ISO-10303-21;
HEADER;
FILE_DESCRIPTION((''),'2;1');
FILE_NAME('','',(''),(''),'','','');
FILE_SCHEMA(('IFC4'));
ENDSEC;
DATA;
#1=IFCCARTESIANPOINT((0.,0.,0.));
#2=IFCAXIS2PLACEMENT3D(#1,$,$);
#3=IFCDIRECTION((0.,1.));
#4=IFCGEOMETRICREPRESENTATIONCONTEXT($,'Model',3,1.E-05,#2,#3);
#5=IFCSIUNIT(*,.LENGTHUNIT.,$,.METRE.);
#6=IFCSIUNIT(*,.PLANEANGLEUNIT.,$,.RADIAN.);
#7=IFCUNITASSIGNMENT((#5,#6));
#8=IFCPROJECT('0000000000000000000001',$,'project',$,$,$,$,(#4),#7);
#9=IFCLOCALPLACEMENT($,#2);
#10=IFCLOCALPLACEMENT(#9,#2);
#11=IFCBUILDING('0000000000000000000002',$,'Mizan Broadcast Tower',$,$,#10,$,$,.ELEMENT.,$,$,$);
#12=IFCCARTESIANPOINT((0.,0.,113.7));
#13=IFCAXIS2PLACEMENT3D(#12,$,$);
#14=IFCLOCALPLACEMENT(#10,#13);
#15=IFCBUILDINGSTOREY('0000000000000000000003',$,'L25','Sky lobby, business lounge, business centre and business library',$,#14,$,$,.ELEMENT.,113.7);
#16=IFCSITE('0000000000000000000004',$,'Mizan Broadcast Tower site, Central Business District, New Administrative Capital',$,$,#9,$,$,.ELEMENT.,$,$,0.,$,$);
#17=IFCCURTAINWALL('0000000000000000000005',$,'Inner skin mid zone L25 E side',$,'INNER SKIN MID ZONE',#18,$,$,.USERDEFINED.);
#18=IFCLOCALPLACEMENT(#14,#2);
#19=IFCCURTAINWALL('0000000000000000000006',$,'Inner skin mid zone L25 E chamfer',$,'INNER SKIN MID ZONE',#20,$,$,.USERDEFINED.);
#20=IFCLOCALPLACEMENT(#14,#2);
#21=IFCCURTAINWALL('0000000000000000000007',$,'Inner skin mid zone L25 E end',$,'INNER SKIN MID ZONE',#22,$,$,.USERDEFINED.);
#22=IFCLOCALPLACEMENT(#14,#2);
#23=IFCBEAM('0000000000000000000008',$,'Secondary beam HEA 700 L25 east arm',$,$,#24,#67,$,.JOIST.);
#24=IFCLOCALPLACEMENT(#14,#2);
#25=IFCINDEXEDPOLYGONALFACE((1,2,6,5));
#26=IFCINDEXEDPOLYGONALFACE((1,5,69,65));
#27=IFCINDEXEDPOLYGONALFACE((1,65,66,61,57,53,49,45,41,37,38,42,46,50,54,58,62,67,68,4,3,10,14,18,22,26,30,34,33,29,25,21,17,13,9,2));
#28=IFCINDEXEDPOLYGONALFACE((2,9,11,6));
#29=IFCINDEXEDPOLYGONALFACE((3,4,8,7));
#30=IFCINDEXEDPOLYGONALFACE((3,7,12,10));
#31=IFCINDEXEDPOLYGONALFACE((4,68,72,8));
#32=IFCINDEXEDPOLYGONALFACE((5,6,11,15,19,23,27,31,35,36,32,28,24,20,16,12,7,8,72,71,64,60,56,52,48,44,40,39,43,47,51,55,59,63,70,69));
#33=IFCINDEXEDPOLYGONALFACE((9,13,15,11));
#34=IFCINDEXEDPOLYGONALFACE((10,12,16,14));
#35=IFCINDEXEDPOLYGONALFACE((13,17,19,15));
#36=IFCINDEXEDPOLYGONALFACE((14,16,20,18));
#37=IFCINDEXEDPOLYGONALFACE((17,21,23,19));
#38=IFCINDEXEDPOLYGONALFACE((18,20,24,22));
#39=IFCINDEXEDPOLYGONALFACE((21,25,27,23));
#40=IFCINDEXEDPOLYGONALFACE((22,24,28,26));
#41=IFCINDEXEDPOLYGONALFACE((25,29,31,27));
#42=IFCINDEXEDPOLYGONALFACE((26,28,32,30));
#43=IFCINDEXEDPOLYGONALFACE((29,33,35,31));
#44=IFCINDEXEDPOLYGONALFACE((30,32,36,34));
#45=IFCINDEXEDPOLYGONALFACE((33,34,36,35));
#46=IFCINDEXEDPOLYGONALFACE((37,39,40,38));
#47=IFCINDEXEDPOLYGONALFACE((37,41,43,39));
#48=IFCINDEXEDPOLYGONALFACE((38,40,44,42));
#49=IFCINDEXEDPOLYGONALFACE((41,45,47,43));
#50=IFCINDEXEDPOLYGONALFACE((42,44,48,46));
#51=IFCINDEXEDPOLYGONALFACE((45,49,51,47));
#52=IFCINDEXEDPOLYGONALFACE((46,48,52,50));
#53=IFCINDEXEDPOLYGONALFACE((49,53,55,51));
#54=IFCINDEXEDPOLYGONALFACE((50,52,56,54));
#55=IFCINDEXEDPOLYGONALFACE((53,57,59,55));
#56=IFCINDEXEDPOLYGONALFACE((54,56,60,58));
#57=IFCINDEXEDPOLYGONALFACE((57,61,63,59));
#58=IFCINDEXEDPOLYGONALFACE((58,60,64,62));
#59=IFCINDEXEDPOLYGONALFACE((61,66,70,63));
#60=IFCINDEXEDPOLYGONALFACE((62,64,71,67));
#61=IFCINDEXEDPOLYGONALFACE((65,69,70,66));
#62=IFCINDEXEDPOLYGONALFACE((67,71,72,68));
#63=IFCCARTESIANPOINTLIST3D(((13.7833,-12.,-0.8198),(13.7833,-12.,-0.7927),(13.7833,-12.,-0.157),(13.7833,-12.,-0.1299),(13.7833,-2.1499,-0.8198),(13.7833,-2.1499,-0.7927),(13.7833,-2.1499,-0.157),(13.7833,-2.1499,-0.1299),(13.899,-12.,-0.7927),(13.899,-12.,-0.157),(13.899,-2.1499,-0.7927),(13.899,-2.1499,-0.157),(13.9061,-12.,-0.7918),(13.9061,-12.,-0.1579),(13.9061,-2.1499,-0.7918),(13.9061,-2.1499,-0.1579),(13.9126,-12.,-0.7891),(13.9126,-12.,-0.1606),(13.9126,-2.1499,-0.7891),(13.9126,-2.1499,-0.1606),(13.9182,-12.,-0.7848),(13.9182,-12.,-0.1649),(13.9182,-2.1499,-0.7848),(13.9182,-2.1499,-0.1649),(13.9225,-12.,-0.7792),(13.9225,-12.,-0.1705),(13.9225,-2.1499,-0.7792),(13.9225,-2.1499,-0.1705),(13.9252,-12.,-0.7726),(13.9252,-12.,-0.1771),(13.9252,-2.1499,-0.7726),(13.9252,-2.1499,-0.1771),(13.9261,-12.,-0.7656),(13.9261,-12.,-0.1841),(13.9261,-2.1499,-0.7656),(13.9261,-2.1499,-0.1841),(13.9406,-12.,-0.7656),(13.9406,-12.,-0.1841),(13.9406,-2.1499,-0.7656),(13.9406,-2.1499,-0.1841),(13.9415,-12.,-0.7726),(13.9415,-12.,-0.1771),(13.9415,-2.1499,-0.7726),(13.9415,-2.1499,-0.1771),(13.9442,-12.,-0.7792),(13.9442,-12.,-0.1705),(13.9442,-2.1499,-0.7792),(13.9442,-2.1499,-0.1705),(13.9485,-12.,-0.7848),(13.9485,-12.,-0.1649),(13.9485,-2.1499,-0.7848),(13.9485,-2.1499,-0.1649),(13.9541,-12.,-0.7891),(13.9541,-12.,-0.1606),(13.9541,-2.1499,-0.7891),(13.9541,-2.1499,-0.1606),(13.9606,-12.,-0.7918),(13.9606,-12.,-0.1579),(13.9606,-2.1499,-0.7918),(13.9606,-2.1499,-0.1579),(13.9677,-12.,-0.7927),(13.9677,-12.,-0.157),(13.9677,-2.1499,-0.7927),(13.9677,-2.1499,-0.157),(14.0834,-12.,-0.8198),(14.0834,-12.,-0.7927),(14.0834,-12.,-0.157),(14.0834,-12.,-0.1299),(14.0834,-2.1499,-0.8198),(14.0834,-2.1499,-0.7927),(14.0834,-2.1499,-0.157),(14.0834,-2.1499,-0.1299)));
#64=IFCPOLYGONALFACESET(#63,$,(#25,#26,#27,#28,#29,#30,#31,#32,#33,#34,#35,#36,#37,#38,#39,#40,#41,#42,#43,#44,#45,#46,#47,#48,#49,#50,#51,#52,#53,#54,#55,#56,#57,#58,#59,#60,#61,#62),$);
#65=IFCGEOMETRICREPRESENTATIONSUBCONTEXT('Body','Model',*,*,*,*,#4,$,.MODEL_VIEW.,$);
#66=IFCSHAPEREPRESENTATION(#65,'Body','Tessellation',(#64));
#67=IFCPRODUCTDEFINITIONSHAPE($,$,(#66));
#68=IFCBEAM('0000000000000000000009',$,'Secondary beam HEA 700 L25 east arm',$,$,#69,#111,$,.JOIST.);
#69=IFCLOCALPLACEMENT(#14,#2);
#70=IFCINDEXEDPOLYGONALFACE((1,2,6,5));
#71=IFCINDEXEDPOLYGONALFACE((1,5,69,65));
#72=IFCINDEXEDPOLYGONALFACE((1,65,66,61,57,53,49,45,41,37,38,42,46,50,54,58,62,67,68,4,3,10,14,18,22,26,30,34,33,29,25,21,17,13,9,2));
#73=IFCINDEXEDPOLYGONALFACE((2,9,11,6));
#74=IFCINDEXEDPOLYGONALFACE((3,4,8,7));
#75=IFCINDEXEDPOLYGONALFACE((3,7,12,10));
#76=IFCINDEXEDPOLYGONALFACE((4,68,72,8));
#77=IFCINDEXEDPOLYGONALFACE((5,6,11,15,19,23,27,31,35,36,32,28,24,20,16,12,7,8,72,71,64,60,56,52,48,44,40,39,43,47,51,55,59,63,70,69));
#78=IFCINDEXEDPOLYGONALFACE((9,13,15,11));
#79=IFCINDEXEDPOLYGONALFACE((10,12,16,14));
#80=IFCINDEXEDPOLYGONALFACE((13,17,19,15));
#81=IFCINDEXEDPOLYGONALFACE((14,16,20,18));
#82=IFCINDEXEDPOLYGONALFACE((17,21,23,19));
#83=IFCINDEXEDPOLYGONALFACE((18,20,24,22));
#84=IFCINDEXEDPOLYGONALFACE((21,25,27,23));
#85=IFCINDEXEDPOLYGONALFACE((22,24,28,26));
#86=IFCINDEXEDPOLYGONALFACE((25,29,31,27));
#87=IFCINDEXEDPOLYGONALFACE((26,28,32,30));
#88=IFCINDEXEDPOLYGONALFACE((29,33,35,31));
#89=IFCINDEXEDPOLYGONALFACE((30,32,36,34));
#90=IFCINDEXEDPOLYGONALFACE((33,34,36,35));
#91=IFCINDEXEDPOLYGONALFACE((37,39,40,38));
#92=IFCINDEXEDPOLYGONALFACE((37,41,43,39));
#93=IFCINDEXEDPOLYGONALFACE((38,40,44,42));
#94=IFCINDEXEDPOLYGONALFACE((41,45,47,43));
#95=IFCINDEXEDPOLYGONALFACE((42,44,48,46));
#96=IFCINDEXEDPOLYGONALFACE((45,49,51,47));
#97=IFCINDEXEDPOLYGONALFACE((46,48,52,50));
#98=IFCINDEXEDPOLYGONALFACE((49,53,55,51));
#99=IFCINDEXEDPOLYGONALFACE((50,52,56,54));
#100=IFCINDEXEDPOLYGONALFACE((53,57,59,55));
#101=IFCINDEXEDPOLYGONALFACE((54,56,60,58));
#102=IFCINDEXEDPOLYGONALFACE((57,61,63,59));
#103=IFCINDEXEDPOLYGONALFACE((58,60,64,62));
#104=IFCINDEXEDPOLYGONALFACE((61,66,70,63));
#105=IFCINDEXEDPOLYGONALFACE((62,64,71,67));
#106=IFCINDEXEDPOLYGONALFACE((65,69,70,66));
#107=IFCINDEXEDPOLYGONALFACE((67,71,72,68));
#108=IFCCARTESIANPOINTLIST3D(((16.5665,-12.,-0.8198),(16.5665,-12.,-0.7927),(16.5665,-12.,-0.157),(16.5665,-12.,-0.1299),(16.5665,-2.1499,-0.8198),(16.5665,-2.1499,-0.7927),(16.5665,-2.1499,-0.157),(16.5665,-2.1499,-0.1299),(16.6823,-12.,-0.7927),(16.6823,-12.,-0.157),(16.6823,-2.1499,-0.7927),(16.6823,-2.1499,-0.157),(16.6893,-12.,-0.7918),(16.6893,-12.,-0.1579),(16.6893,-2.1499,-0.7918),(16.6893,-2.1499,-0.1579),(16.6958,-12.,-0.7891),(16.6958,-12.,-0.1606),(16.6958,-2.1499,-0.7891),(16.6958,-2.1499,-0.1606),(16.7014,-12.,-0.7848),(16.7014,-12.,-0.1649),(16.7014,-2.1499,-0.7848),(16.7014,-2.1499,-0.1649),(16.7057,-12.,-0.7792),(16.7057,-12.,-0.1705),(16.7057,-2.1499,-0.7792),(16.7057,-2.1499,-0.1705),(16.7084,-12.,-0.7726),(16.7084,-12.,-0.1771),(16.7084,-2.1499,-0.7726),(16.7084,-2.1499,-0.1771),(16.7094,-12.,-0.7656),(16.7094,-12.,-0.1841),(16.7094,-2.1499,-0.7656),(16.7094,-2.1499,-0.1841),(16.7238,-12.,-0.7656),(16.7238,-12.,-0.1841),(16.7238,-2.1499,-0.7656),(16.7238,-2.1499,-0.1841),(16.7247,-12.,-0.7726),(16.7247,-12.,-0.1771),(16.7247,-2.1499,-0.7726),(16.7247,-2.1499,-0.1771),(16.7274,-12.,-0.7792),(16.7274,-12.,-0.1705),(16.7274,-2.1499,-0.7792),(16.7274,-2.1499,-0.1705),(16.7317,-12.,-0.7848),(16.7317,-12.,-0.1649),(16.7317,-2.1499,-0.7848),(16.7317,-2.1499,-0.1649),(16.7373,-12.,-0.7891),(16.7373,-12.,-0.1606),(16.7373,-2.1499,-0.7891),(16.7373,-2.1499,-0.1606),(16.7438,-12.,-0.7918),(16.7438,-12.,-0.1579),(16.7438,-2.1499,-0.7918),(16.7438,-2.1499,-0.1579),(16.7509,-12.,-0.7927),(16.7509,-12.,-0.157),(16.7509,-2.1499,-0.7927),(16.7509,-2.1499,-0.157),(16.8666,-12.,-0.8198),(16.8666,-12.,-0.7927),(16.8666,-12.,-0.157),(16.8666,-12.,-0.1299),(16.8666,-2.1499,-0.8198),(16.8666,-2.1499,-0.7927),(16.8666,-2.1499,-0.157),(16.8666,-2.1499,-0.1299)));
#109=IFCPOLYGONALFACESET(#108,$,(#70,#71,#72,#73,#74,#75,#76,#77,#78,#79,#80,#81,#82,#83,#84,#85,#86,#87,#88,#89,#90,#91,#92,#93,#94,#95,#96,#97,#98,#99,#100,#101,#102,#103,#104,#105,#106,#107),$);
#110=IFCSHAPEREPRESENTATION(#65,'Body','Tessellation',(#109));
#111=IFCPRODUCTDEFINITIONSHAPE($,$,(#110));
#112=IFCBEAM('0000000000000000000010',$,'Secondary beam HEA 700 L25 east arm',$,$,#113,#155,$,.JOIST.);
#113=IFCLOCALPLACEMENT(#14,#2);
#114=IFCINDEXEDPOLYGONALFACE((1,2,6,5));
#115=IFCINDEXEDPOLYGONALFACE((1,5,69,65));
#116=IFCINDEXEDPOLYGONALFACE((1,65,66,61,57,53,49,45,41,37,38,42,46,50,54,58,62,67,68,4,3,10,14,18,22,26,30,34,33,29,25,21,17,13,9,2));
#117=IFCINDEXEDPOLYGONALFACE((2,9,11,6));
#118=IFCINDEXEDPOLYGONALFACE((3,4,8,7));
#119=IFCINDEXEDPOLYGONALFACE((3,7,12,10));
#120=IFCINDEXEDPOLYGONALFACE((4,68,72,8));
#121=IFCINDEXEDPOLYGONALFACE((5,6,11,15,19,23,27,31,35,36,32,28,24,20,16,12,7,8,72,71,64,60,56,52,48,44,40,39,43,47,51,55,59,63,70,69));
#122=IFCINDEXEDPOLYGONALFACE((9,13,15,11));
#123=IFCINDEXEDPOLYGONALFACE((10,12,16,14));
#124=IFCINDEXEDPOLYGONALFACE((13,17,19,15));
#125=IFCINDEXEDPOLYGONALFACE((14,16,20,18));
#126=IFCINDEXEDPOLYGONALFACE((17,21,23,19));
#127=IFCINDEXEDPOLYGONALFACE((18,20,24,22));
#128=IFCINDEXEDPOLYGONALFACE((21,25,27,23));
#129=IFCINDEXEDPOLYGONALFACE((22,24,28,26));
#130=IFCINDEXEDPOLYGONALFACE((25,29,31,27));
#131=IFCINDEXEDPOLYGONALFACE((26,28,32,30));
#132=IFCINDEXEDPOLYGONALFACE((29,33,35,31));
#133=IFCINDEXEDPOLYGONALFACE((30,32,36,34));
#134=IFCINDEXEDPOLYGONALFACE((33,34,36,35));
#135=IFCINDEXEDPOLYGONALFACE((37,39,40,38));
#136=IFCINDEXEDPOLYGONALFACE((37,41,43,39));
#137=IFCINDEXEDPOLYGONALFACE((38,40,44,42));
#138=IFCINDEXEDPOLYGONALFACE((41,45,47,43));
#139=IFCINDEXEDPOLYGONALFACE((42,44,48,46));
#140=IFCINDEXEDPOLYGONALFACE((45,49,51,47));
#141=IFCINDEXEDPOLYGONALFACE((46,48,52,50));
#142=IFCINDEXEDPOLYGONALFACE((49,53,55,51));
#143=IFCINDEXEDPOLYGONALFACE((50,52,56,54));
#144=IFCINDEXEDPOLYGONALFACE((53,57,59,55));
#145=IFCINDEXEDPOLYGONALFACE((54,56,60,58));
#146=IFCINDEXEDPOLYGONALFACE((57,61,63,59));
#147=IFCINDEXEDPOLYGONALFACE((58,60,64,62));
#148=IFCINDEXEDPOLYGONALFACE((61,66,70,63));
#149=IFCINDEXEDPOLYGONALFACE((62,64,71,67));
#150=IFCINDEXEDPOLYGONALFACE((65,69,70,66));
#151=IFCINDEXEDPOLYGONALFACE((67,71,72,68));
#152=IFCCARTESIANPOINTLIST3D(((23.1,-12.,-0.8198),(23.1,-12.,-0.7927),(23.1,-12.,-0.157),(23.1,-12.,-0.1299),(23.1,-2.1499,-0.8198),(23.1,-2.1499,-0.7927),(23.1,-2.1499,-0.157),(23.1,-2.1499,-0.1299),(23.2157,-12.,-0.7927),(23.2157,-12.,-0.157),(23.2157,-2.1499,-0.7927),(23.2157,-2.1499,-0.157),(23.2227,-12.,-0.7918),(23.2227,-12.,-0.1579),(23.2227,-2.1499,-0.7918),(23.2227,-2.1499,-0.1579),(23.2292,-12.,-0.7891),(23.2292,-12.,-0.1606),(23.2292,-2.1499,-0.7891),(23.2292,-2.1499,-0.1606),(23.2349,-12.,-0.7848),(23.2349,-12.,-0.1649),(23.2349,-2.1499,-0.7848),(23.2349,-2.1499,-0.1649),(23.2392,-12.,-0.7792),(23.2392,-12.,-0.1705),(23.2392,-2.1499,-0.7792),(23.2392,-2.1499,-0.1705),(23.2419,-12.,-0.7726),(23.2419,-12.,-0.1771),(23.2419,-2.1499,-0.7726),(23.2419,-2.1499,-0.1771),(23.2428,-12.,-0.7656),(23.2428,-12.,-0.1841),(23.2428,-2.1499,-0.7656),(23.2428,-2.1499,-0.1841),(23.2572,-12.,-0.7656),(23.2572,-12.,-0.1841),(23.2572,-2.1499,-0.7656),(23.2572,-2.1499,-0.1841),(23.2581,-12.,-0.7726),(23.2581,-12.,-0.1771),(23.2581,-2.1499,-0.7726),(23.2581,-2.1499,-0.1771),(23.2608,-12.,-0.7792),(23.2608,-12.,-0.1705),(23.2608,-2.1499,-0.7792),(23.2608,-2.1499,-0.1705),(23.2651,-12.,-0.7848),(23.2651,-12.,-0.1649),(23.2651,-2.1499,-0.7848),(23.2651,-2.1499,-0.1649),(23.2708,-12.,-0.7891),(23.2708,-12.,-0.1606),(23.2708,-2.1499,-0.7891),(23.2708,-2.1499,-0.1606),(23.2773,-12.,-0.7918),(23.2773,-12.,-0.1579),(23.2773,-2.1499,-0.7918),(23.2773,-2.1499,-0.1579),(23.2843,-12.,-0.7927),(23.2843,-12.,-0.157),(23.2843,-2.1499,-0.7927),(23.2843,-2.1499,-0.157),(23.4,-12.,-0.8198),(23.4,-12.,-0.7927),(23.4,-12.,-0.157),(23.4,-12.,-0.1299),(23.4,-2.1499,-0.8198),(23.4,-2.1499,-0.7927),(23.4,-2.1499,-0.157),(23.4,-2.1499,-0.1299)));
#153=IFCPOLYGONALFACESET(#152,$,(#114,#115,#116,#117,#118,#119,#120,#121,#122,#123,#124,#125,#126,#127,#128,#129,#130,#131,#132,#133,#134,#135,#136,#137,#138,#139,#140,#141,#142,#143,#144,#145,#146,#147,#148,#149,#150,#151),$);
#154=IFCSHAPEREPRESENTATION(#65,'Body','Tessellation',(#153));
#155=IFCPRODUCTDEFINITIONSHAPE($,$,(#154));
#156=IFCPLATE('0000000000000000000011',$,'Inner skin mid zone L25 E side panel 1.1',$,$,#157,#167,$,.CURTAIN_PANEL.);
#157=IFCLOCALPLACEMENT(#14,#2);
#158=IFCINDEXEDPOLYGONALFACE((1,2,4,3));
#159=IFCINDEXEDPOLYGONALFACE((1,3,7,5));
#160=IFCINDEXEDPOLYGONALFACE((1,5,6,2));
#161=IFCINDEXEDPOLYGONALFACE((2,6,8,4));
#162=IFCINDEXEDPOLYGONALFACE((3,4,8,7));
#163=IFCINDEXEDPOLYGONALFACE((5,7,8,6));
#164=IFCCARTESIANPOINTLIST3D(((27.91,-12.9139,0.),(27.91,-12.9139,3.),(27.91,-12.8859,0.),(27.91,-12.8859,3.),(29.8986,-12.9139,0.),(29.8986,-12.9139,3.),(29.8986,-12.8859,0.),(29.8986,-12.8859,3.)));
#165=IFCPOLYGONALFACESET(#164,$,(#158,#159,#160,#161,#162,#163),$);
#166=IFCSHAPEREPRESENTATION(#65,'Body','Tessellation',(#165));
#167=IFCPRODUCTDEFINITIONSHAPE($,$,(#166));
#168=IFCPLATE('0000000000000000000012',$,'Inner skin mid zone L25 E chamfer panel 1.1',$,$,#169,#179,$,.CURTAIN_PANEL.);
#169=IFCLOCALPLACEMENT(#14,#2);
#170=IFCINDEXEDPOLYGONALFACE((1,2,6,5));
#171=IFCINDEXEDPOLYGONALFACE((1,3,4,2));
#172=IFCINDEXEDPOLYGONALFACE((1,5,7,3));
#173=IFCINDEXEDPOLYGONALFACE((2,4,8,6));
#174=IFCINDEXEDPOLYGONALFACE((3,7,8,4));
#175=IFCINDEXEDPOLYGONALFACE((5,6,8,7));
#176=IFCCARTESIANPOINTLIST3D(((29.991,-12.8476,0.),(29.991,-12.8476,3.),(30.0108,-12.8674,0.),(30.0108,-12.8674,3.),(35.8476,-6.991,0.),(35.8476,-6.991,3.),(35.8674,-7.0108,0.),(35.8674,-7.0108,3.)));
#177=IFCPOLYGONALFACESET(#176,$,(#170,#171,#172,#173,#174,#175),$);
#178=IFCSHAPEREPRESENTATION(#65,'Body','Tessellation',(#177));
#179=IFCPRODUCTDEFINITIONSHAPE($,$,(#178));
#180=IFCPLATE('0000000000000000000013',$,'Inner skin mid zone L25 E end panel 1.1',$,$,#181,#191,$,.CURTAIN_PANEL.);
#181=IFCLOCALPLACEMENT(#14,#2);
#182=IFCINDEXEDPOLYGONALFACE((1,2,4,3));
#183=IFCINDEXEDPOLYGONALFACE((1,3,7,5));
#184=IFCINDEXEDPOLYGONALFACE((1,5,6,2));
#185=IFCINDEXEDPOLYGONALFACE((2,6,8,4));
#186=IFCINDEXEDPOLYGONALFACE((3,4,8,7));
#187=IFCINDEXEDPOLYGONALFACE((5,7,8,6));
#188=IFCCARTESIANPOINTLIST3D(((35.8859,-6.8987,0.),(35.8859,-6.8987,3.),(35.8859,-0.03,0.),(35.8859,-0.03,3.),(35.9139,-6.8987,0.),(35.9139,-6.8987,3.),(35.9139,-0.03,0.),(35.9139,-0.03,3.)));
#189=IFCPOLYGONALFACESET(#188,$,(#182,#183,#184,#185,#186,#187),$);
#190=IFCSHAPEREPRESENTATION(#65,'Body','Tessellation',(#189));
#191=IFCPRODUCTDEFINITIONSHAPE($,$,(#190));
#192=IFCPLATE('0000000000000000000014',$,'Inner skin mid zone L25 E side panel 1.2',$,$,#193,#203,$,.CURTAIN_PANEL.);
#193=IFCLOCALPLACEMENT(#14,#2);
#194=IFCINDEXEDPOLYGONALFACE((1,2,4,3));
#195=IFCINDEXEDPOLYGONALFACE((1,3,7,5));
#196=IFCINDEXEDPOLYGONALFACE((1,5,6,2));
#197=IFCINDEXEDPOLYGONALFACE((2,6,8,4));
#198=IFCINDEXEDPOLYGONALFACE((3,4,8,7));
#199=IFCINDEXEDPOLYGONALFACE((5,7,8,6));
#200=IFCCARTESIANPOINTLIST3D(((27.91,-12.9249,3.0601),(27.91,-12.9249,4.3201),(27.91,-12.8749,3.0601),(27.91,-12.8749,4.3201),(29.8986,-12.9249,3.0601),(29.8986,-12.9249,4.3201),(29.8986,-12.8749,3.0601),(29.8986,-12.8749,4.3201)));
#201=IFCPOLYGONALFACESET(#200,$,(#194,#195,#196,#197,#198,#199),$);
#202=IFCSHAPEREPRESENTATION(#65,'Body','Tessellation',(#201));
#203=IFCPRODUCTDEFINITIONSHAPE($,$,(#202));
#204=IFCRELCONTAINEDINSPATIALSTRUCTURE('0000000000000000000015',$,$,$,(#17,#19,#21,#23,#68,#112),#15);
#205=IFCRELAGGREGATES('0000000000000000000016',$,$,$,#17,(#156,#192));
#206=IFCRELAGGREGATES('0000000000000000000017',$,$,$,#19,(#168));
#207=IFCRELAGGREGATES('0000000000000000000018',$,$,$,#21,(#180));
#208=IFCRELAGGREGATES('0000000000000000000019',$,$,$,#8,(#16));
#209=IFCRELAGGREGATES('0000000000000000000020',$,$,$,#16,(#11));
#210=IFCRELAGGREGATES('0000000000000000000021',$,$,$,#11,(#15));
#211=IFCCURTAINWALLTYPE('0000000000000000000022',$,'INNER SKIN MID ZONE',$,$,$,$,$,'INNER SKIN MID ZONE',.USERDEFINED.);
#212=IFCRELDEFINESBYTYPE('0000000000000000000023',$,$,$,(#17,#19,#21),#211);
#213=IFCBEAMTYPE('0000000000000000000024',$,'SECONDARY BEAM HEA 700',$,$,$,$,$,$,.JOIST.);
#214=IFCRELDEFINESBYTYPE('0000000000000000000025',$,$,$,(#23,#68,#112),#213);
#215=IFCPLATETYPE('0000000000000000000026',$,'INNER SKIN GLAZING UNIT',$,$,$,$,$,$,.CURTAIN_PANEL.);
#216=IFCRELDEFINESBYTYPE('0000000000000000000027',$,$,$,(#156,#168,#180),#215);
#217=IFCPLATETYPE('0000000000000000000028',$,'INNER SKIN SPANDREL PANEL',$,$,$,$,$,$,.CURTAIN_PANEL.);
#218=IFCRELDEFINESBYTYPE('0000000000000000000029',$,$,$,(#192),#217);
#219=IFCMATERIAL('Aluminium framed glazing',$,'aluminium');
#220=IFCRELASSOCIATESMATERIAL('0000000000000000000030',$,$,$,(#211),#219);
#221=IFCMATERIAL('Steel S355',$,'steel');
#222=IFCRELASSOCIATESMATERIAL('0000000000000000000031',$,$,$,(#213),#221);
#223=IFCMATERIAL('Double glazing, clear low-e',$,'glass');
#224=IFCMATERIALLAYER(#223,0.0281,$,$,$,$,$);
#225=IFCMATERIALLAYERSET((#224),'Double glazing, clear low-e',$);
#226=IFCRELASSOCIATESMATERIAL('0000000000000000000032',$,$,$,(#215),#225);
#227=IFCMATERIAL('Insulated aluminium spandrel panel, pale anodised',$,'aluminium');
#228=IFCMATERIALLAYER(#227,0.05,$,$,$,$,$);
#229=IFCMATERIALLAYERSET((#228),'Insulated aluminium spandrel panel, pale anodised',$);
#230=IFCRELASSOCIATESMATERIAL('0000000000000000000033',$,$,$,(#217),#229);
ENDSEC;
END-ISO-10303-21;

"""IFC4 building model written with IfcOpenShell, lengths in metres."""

from ifc_helpers import new_model, si_unit, direction, frame, origin, origin_2d, place, context, subcontext, project, spatial, rectangle, i_section, extrude, material, layer, layer_set, material_profile, profile_set, type_object, element, aggregate, save


model = new_model("IFC4")

# Units and contexts
model_context = context("Model", 3, precision=1e-05, world=origin(), true_north=direction((0.0, 1.0)))
body_context = subcontext(model_context, "Body", "Model", "MODEL_VIEW")
ifc_project = project(units=[si_unit("LENGTHUNIT", "METRE"), si_unit("PLANEANGLEUNIT", "RADIAN")], contexts=[model_context])

# Site, building, storey
site_placement = place(None, origin())
site = spatial("IfcSite", under=ifc_project, at=site_placement, Name="Mizan Broadcast Tower site, Central Business District, New Administrative Capital", CompositionType="ELEMENT", RefElevation=0.0)
building_placement = place(site_placement, origin())
building = spatial("IfcBuilding", under=site, at=building_placement, Name="Mizan Broadcast Tower", CompositionType="ELEMENT")
storey_placement = place(building_placement, frame((0.0, 0.0, 113.7)))
storey = spatial("IfcBuildingStorey", under=building, at=storey_placement, Name="L25", Description="Sky lobby, business lounge, business centre and business library", CompositionType="ELEMENT", Elevation=113.7)

# Shared definitions
ifc_material_1 = material(Name="Aluminium framed glazing", Category="aluminium")
curtain_wall_type_1 = type_object("IfcCurtainWallType", Name="INNER SKIN MID ZONE", ElementType="INNER SKIN MID ZONE", PredefinedType="USERDEFINED", material=ifc_material_1)

# Curtain wall
curtain_wall_1_placement = place(storey_placement, origin())
curtain_wall_1 = element("IfcCurtainWall", 1, at=curtain_wall_1_placement, inside=storey, type_object=curtain_wall_type_1, Name="Inner skin mid zone L25 E side", ObjectType="INNER SKIN MID ZONE", PredefinedType="USERDEFINED")

# Curtain wall
curtain_wall_2_placement = place(storey_placement, origin())
curtain_wall_2 = element("IfcCurtainWall", 2, at=curtain_wall_2_placement, inside=storey, type_object=curtain_wall_type_1, Name="Inner skin mid zone L25 E chamfer", ObjectType="INNER SKIN MID ZONE", PredefinedType="USERDEFINED")

# Curtain wall
curtain_wall_3_placement = place(storey_placement, origin())
curtain_wall_3 = element("IfcCurtainWall", 3, at=curtain_wall_3_placement, inside=storey, type_object=curtain_wall_type_1, Name="Inner skin mid zone L25 E end", ObjectType="INNER SKIN MID ZONE", PredefinedType="USERDEFINED")

# Beams
ifc_material_2 = material(Name="Steel S355", Category="steel")
ifc_material_profile_1 = material_profile(ifc_material_2, i_section(OverallWidth=0.3, OverallDepth=0.6899, WebThickness=0.0144, FlangeThickness=0.0271, FilletRadius=0.0271, at=origin_2d()), Name="HEA 700")
ifc_profile_set_1 = profile_set([ifc_material_profile_1], Name="Steel S355")
beam_type_1 = type_object("IfcBeamType", Name="SECONDARY BEAM HEA 700", PredefinedType="JOIST", material=ifc_profile_set_1)
for number, where, z_axis, x_axis, name in (
    (4, (13.9333, -12.0, -0.4749), (0.0, 1.0, 0.0), (-1.0, 0.0, 0.0), "Secondary beam HEA 700 L25 east arm"),
    (5, (16.7166, -12.0, -0.4749), (0.0, 1.0, 0.0), (-1.0, 0.0, 0.0), "Secondary beam HEA 700 L25 east arm"),
    (6, (23.25, -12.0, -0.4749), (0.0, 1.0, 0.0), (-1.0, 0.0, 0.0), "Secondary beam HEA 700 L25 east arm"),
):
    element("IfcBeam", number, at=place(storey_placement, frame(where, z_axis=z_axis, x_axis=x_axis)), inside=storey, type_object=beam_type_1, Name=name, PredefinedType="JOIST", context=body_context, shape_type="SweptSolid", body=[
        extrude(i_section(OverallWidth=0.3, OverallDepth=0.6899, WebThickness=0.0144, FlangeThickness=0.0271, FilletRadius=0.0271, at=origin_2d()), origin(), (0.0, 0.0, 1.0), 9.8501),
    ])

# Plates
ifc_material_3 = material(Name="Double glazing, clear low-e", Category="glass")
ifc_layer_1 = layer(ifc_material_3, 0.0281)
ifc_layer_set_1 = layer_set([ifc_layer_1], Name="Double glazing, clear low-e")
plate_type_1 = type_object("IfcPlateType", Name="INNER SKIN GLAZING UNIT", PredefinedType="CURTAIN_PANEL", material=ifc_layer_set_1)
plate_1_placement = place(storey_placement, frame((28.9043, -12.8999, 0.0), z_axis=(0.0, 0.0, 1.0), x_axis=(1.0, 0.0, 0.0)))
plate_1 = element("IfcPlate", 7, at=plate_1_placement, type_object=plate_type_1, Name="Inner skin mid zone L25 E side panel 1.1", PredefinedType="CURTAIN_PANEL", context=body_context, shape_type="SweptSolid", body=[
    extrude(rectangle(XDim=1.9885, YDim=0.0281, at=origin_2d()), origin(), (0.0, 0.0, 1.0), 3.0),
])
plate_2_placement = place(storey_placement, frame((32.9292, -9.9292, 0.0), z_axis=(0.0, 0.0, 1.0), x_axis=(0.707107, 0.707107, 0.0)))
plate_2 = element("IfcPlate", 8, at=plate_2_placement, type_object=plate_type_1, Name="Inner skin mid zone L25 E chamfer panel 1.1", PredefinedType="CURTAIN_PANEL", context=body_context, shape_type="SweptSolid", body=[
    extrude(rectangle(XDim=8.2825, YDim=0.0281, at=origin_2d()), origin(), (0.0, 0.0, 1.0), 3.0),
])
plate_3_placement = place(storey_placement, frame((35.8999, -3.4644, 0.0), z_axis=(0.0, 0.0, 1.0), x_axis=(0.0, 1.0, 0.0)))
plate_3 = element("IfcPlate", 9, at=plate_3_placement, type_object=plate_type_1, Name="Inner skin mid zone L25 E end panel 1.1", PredefinedType="CURTAIN_PANEL", context=body_context, shape_type="SweptSolid", body=[
    extrude(rectangle(XDim=6.8687, YDim=0.0281, at=origin_2d()), origin(), (0.0, 0.0, 1.0), 3.0),
])
ifc_material_4 = material(Name="Insulated aluminium spandrel panel, pale anodised", Category="aluminium")
ifc_layer_2 = layer(ifc_material_4, 0.05)
ifc_layer_set_2 = layer_set([ifc_layer_2], Name="Insulated aluminium spandrel panel, pale anodised")
plate_type_2 = type_object("IfcPlateType", Name="INNER SKIN SPANDREL PANEL", PredefinedType="CURTAIN_PANEL", material=ifc_layer_set_2)
plate_4_placement = place(storey_placement, frame((28.9043, -12.8999, 3.0601), z_axis=(0.0, 0.0, 1.0), x_axis=(1.0, 0.0, 0.0)))
plate_4 = element("IfcPlate", 10, at=plate_4_placement, type_object=plate_type_2, Name="Inner skin mid zone L25 E side panel 1.2", PredefinedType="CURTAIN_PANEL", context=body_context, shape_type="SweptSolid", body=[
    extrude(rectangle(XDim=1.9885, YDim=0.05, at=origin_2d()), origin(), (0.0, 0.0, 1.0), 1.26),
])
aggregate(curtain_wall_1, [plate_1, plate_4])
aggregate(curtain_wall_2, [plate_2])
aggregate(curtain_wall_3, [plate_3])

save(model, "model.ifc")
